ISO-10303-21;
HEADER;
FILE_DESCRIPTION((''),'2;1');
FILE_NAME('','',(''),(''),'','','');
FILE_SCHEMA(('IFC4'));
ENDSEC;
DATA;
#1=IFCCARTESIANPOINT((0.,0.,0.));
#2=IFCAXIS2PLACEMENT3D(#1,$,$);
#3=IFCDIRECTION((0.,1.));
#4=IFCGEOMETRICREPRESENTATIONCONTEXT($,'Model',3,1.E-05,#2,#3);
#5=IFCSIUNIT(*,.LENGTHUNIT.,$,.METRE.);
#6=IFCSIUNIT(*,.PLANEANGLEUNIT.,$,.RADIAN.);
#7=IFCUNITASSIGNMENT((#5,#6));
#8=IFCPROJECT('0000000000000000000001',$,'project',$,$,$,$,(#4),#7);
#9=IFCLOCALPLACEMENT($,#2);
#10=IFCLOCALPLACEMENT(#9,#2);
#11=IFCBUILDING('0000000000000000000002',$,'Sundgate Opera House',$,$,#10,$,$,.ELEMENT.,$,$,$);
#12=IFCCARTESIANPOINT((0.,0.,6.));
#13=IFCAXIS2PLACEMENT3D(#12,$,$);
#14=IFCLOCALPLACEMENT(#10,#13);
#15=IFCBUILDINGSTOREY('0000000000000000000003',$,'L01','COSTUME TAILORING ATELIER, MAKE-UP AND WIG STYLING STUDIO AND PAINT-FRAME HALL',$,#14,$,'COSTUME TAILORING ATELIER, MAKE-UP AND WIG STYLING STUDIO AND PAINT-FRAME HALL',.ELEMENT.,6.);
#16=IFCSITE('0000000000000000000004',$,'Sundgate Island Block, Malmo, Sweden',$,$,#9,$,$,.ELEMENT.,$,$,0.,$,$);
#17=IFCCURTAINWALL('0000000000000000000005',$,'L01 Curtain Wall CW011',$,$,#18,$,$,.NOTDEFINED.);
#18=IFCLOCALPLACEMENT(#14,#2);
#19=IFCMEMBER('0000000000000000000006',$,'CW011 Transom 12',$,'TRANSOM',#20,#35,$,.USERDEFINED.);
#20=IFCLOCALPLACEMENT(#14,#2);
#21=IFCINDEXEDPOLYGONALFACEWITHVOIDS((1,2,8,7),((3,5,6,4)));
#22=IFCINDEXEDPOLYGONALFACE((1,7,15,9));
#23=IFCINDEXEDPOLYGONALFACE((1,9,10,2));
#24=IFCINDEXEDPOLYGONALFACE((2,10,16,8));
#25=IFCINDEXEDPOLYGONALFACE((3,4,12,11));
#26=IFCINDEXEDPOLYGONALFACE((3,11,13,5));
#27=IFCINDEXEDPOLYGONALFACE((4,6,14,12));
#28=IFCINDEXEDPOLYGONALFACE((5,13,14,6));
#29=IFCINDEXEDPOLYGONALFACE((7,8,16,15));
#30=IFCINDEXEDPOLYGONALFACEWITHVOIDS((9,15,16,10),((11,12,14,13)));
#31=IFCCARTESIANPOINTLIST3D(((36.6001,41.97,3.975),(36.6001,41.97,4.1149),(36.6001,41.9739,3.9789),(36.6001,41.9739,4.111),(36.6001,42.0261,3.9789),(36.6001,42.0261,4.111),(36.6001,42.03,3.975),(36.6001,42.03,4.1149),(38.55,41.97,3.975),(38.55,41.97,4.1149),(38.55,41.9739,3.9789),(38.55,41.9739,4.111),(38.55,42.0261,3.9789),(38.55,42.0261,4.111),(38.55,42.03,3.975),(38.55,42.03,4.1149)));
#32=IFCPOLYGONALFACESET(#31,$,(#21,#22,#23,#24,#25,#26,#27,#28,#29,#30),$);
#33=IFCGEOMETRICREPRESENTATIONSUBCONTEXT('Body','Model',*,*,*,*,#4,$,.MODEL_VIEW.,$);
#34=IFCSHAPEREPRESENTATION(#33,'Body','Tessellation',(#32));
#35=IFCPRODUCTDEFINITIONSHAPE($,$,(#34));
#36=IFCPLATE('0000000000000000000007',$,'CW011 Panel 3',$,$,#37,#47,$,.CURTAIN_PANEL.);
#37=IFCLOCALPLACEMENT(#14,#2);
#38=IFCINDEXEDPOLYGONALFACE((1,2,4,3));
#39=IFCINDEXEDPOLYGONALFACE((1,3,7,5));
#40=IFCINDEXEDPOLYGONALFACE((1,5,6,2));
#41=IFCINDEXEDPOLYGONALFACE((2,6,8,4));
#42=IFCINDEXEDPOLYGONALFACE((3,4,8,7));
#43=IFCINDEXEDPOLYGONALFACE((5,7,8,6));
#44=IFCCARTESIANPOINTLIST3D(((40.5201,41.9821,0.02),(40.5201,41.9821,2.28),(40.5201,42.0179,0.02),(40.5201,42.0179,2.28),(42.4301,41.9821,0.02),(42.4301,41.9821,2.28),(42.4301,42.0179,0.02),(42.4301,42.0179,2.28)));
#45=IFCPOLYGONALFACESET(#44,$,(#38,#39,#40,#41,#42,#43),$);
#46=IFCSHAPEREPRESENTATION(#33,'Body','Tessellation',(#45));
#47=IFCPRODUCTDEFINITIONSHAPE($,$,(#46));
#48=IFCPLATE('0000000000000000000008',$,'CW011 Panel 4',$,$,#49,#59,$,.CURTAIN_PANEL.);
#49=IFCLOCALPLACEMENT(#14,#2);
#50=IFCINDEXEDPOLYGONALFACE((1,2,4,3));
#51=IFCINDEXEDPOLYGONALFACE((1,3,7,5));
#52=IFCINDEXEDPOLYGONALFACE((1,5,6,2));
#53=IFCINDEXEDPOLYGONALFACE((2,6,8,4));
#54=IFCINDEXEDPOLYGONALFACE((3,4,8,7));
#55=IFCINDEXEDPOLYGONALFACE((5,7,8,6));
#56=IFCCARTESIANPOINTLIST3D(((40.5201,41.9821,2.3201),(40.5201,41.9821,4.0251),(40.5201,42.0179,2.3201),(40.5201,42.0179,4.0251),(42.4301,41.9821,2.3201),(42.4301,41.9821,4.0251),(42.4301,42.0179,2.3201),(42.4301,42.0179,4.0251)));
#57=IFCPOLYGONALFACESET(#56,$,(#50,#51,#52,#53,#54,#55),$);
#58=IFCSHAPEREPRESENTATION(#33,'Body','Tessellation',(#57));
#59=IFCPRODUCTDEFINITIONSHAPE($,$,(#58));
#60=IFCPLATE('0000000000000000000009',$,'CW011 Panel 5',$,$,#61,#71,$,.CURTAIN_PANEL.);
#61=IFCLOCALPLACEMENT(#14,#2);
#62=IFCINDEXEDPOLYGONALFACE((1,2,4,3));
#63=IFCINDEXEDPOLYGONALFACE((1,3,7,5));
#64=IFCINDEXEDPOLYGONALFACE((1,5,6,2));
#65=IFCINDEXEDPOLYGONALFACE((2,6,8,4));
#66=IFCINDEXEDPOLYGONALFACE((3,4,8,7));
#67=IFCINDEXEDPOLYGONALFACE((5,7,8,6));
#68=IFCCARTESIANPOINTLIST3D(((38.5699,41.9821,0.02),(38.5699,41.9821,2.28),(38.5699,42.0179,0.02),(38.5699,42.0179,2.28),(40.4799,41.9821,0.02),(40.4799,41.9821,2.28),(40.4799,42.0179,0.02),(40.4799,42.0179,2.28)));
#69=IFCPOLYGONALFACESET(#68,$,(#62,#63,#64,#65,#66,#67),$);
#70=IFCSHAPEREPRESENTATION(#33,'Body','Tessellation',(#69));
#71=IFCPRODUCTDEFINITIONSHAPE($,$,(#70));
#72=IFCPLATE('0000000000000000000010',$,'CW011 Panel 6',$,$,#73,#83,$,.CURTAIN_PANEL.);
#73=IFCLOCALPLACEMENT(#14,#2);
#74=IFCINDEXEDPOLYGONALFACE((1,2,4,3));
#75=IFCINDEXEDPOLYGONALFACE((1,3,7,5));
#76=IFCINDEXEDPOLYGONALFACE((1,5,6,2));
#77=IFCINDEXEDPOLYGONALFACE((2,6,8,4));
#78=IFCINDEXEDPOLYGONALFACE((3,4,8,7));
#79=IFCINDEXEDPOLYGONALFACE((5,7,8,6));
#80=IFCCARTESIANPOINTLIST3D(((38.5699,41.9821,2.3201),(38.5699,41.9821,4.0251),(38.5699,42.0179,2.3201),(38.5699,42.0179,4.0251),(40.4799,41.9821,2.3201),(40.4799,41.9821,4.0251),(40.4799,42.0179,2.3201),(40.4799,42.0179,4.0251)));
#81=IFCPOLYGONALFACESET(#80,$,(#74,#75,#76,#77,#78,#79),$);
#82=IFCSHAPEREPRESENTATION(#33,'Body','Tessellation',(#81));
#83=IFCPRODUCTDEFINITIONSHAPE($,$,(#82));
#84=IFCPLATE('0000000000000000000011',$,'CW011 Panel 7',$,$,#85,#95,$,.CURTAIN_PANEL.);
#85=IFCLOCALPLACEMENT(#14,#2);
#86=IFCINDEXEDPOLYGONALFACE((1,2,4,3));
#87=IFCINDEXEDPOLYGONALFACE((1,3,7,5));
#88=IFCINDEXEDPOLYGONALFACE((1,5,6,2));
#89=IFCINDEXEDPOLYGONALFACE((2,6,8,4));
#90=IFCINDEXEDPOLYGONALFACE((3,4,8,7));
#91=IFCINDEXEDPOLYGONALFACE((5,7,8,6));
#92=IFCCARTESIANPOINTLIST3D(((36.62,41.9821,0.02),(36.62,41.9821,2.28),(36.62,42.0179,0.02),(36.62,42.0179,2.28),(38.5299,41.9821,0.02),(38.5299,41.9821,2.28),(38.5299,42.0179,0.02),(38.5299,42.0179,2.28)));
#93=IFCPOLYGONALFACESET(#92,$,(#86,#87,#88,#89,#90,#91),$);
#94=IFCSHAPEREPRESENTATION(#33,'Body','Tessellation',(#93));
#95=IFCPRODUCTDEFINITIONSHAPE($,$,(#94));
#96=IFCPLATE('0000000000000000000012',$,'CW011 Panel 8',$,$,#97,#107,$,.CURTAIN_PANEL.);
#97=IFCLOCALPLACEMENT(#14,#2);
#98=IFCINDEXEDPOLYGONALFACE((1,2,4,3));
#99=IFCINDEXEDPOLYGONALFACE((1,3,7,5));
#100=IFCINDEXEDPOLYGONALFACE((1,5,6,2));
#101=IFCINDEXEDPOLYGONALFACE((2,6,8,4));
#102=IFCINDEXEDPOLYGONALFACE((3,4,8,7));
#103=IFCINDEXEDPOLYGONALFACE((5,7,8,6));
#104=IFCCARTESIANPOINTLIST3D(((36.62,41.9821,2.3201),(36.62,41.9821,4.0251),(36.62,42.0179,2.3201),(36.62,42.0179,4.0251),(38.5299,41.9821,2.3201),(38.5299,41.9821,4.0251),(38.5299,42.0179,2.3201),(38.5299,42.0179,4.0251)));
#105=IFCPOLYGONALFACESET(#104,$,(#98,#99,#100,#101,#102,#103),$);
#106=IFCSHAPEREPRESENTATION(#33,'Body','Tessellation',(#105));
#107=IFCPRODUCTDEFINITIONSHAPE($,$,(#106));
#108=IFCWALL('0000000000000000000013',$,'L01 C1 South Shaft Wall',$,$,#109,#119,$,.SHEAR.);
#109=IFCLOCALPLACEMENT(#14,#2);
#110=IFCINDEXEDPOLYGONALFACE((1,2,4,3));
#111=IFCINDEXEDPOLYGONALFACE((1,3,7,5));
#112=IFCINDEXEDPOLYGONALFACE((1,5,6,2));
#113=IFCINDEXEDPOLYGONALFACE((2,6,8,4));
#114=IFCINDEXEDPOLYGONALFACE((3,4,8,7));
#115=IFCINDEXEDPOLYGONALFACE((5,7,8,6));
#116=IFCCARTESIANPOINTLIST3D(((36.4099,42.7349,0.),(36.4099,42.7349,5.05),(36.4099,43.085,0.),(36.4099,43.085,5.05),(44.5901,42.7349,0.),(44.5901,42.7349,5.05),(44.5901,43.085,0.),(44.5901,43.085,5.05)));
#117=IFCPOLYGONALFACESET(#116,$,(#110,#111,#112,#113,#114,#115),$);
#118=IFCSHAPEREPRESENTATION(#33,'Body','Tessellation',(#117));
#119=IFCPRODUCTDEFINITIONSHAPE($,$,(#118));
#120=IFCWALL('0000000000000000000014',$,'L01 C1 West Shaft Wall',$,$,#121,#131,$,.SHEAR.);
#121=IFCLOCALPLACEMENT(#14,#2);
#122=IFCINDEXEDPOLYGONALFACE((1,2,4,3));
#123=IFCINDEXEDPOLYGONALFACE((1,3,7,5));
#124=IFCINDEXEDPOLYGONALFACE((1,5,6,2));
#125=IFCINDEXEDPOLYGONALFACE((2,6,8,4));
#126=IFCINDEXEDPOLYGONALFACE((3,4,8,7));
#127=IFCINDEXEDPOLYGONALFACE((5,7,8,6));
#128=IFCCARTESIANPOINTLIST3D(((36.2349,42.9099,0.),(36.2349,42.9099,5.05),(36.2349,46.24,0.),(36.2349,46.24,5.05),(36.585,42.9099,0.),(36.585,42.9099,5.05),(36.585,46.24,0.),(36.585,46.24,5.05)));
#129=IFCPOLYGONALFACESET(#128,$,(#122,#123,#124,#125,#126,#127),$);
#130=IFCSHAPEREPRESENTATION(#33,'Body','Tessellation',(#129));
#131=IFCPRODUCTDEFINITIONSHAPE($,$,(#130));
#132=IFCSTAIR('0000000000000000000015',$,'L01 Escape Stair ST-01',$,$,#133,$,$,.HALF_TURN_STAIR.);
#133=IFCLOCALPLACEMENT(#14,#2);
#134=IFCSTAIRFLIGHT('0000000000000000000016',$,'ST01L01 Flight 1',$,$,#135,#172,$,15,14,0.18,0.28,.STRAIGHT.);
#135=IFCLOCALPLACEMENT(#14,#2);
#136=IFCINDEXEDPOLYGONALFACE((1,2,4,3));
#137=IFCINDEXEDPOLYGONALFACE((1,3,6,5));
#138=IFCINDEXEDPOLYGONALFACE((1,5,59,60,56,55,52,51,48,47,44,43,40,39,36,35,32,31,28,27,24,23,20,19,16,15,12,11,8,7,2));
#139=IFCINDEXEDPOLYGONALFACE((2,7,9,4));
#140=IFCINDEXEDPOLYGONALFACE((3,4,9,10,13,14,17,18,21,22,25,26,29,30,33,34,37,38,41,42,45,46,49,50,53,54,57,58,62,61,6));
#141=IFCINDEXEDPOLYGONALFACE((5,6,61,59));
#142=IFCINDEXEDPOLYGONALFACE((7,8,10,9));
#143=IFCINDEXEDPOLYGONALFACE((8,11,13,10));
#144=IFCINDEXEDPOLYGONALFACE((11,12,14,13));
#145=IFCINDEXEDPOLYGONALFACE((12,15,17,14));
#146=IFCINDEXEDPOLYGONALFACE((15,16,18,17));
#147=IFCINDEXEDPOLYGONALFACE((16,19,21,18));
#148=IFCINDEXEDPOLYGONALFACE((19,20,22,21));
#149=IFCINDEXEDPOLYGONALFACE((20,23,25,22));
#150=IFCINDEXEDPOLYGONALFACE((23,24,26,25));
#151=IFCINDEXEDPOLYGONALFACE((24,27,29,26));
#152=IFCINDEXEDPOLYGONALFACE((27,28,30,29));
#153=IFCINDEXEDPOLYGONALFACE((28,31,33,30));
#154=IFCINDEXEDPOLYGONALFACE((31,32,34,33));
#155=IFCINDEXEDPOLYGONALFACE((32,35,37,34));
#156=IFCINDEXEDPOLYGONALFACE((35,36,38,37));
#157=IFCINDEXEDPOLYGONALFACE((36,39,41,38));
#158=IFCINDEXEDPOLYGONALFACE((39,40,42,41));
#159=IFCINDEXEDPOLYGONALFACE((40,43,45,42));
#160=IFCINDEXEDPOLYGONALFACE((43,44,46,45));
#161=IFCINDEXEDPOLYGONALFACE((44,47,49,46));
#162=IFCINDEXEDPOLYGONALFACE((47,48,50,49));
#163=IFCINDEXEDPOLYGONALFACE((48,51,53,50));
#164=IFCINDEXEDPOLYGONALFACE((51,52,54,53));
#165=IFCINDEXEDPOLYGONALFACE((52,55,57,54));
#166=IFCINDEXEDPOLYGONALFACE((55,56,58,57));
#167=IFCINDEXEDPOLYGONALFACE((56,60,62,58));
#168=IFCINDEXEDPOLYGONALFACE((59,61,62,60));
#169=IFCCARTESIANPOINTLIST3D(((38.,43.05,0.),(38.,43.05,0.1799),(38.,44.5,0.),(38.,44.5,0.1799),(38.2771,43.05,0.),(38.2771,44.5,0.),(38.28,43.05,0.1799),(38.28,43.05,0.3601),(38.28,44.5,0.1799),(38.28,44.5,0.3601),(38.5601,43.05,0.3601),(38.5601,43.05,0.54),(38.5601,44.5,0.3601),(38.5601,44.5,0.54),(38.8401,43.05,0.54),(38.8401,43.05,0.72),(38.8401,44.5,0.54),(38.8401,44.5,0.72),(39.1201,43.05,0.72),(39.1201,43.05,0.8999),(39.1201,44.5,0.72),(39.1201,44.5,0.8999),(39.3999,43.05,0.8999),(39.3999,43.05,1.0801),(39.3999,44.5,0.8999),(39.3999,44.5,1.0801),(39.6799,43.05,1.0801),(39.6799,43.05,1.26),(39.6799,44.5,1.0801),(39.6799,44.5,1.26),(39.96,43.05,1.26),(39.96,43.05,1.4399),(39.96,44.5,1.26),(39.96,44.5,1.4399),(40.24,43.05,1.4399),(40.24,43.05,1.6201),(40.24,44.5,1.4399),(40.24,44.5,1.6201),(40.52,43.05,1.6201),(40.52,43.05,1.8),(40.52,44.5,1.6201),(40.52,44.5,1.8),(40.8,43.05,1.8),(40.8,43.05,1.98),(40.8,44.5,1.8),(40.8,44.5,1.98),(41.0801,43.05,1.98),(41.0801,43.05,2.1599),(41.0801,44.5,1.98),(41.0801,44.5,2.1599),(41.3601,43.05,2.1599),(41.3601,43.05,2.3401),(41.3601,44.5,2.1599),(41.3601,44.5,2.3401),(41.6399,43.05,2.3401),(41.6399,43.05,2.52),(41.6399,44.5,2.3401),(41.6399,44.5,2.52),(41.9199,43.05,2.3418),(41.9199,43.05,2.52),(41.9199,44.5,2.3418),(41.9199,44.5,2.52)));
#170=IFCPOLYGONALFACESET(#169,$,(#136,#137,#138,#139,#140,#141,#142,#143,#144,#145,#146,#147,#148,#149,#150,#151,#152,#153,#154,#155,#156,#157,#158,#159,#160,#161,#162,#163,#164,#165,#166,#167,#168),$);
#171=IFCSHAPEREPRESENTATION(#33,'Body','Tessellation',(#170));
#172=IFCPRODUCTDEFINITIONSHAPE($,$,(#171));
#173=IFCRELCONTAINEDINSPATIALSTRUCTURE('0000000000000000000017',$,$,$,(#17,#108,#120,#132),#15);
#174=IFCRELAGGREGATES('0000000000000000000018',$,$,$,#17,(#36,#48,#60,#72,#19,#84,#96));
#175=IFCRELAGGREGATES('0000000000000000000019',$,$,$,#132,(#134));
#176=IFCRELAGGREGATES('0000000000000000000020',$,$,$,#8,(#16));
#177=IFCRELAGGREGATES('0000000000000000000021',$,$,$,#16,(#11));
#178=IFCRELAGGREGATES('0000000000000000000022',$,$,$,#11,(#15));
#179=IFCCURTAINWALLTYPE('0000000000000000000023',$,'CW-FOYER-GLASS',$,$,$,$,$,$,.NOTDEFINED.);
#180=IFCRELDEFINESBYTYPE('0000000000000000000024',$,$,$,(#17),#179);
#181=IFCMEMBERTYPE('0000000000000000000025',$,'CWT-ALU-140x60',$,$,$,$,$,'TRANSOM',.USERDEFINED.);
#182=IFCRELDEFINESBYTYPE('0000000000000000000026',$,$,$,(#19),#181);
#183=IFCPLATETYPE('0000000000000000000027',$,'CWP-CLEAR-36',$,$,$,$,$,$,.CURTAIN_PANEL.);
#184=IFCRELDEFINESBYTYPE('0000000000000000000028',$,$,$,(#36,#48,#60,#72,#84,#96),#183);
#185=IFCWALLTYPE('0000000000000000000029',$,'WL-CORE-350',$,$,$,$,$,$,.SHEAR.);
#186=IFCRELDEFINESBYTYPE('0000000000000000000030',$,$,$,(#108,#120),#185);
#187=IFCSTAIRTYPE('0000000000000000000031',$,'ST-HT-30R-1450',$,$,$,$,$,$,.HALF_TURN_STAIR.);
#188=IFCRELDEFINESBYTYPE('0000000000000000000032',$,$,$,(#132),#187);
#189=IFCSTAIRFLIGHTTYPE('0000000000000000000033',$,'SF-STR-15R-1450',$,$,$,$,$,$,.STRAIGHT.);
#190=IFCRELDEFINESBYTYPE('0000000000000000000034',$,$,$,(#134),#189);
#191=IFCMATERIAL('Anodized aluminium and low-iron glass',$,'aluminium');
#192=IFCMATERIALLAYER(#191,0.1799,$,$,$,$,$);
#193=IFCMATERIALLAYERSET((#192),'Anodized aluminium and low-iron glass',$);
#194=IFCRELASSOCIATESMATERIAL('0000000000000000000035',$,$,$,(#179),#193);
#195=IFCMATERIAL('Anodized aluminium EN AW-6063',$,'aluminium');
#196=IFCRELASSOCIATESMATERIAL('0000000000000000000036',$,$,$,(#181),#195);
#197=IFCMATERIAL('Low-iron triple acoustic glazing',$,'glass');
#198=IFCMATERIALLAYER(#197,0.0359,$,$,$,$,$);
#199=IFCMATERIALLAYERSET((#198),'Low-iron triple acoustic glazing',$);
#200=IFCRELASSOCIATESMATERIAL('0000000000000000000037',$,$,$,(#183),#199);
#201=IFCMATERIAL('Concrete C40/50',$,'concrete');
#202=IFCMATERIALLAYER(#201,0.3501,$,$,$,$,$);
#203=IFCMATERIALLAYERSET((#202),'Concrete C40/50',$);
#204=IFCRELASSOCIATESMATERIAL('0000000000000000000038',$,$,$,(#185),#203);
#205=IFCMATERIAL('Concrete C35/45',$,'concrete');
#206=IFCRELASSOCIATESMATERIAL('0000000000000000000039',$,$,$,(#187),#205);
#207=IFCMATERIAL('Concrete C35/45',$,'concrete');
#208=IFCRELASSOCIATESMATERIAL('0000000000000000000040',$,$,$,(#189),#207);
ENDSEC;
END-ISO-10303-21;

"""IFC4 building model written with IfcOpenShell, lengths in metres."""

from ifc_helpers import new_model, si_unit, direction, frame, frame_2d, origin, origin_2d, place, context, subcontext, project, spatial, polyline, rectangle, hollow_rectangle, outline, extrude, material, layer, layer_set, material_profile, profile_set, type_object, element, aggregate, save


model = new_model("IFC4")

# Units and contexts
model_context = context("Model", 3, precision=1e-05, world=origin(), true_north=direction((0.0, 1.0)))
body_context = subcontext(model_context, "Body", "Model", "MODEL_VIEW")
ifc_project = project(units=[si_unit("LENGTHUNIT", "METRE"), si_unit("PLANEANGLEUNIT", "RADIAN")], contexts=[model_context])

# Site, building, storey
site_placement = place(None, origin())
site = spatial("IfcSite", under=ifc_project, at=site_placement, Name="Sundgate Island Block, Malmo, Sweden", CompositionType="ELEMENT", RefElevation=0.0)
building_placement = place(site_placement, origin())
building = spatial("IfcBuilding", under=site, at=building_placement, Name="Sundgate Opera House", CompositionType="ELEMENT")
storey_placement = place(building_placement, frame((0.0, 0.0, 6.0)))
storey = spatial("IfcBuildingStorey", under=building, at=storey_placement, Name="L01", Description="COSTUME TAILORING ATELIER, MAKE-UP AND WIG STYLING STUDIO AND PAINT-FRAME HALL", LongName="COSTUME TAILORING ATELIER, MAKE-UP AND WIG STYLING STUDIO AND PAINT-FRAME HALL", CompositionType="ELEMENT", Elevation=6.0)

# Curtain wall, member, plates
ifc_material_1 = material(Name="Anodized aluminium and low-iron glass", Category="aluminium")
ifc_layer_1 = layer(ifc_material_1, 0.1799)
ifc_layer_set_1 = layer_set([ifc_layer_1], Name="Anodized aluminium and low-iron glass")
curtain_wall_type = type_object("IfcCurtainWallType", Name="CW-FOYER-GLASS", PredefinedType="NOTDEFINED", material=ifc_layer_set_1)
curtain_wall_placement = place(storey_placement, origin())
curtain_wall = element("IfcCurtainWall", 1, at=curtain_wall_placement, inside=storey, type_object=curtain_wall_type, Name="L01 Curtain Wall CW011", PredefinedType="NOTDEFINED")
ifc_material_2 = material(Name="Anodized aluminium EN AW-6063", Category="aluminium")
ifc_material_profile_1 = material_profile(ifc_material_2, hollow_rectangle(XDim=0.0601, YDim=0.1399, WallThickness=0.0039, at=origin_2d()), Name="CWT 140x60x4")
ifc_profile_set_1 = profile_set([ifc_material_profile_1], Name="Anodized aluminium EN AW-6063")
member_type_1 = type_object("IfcMemberType", Name="CWT-ALU-140x60", ElementType="TRANSOM", PredefinedType="USERDEFINED", material=ifc_profile_set_1)
member_1_placement = place(storey_placement, frame((38.55, 42.0, 4.0449), z_axis=(-1.0, 0.0, 0.0), x_axis=(0.0, -1.0, 0.0)))
member_1 = element("IfcMember", 2, at=member_1_placement, type_object=member_type_1, Name="CW011 Transom 12", ObjectType="TRANSOM", PredefinedType="USERDEFINED", context=body_context, shape_type="SweptSolid", body=[
    extrude(hollow_rectangle(XDim=0.0601, YDim=0.1399, WallThickness=0.0039, at=origin_2d()), origin(), (0.0, 0.0, 1.0), 1.95),
])
ifc_material_3 = material(Name="Low-iron triple acoustic glazing", Category="glass")
ifc_layer_2 = layer(ifc_material_3, 0.0359)
ifc_layer_set_2 = layer_set([ifc_layer_2], Name="Low-iron triple acoustic glazing")
plate_type = type_object("IfcPlateType", Name="CWP-CLEAR-36", PredefinedType="CURTAIN_PANEL", material=ifc_layer_set_2)
plate_1_placement = place(storey_placement, frame((41.4751, 42.0, 0.02), z_axis=(0.0, 0.0, 1.0), x_axis=(-1.0, 0.0, 0.0)))
plate_1 = element("IfcPlate", 3, at=plate_1_placement, type_object=plate_type, Name="CW011 Panel 3", PredefinedType="CURTAIN_PANEL", context=body_context, shape_type="SweptSolid", body=[
    extrude(rectangle(XDim=1.9099, YDim=0.0359, at=origin_2d()), origin(), (0.0, 0.0, 1.0), 2.26),
])
plate_2_placement = place(storey_placement, frame((41.4751, 42.0, 2.3201), z_axis=(0.0, 0.0, 1.0), x_axis=(-1.0, 0.0, 0.0)))
plate_2 = element("IfcPlate", 4, at=plate_2_placement, type_object=plate_type, Name="CW011 Panel 4", PredefinedType="CURTAIN_PANEL", context=body_context, shape_type="SweptSolid", body=[
    extrude(rectangle(XDim=1.9099, YDim=0.0359, at=origin_2d()), origin(), (0.0, 0.0, 1.0), 1.7051),
])
plate_3_placement = place(storey_placement, frame((39.5249, 42.0, 0.02), z_axis=(0.0, 0.0, 1.0), x_axis=(-1.0, 0.0, 0.0)))
plate_3 = element("IfcPlate", 5, at=plate_3_placement, type_object=plate_type, Name="CW011 Panel 5", PredefinedType="CURTAIN_PANEL", context=body_context, shape_type="SweptSolid", body=[
    extrude(rectangle(XDim=1.9099, YDim=0.0359, at=origin_2d()), origin(), (0.0, 0.0, 1.0), 2.26),
])
plate_4_placement = place(storey_placement, frame((39.5249, 42.0, 2.3201), z_axis=(0.0, 0.0, 1.0), x_axis=(-1.0, 0.0, 0.0)))
plate_4 = element("IfcPlate", 6, at=plate_4_placement, type_object=plate_type, Name="CW011 Panel 6", PredefinedType="CURTAIN_PANEL", context=body_context, shape_type="SweptSolid", body=[
    extrude(rectangle(XDim=1.9099, YDim=0.0359, at=origin_2d()), origin(), (0.0, 0.0, 1.0), 1.7051),
])
plate_5_placement = place(storey_placement, frame((37.575, 42.0, 0.02), z_axis=(0.0, 0.0, 1.0), x_axis=(-1.0, 0.0, 0.0)))
plate_5 = element("IfcPlate", 7, at=plate_5_placement, type_object=plate_type, Name="CW011 Panel 7", PredefinedType="CURTAIN_PANEL", context=body_context, shape_type="SweptSolid", body=[
    extrude(rectangle(XDim=1.9099, YDim=0.0359, at=origin_2d()), origin(), (0.0, 0.0, 1.0), 2.26),
])
plate_6_placement = place(storey_placement, frame((37.575, 42.0, 2.3201), z_axis=(0.0, 0.0, 1.0), x_axis=(-1.0, 0.0, 0.0)))
plate_6 = element("IfcPlate", 8, at=plate_6_placement, type_object=plate_type, Name="CW011 Panel 8", PredefinedType="CURTAIN_PANEL", context=body_context, shape_type="SweptSolid", body=[
    extrude(rectangle(XDim=1.9099, YDim=0.0359, at=origin_2d()), origin(), (0.0, 0.0, 1.0), 1.7051),
])
aggregate(curtain_wall, [plate_1, plate_2, plate_3, plate_4, member_1, plate_5, plate_6])

# Walls
ifc_material_4 = material(Name="Concrete C40/50", Category="concrete")
ifc_layer_3 = layer(ifc_material_4, 0.3501)
ifc_layer_set_3 = layer_set([ifc_layer_3], Name="Concrete C40/50")
wall_type = type_object("IfcWallType", Name="WL-CORE-350", PredefinedType="SHEAR", material=ifc_layer_set_3)
wall_1_placement = place(storey_placement, frame((36.4099, 42.9099, 0.0), z_axis=(0.0, 0.0, 1.0), x_axis=(1.0, 0.0, 0.0)))
element("IfcWall", 9, at=wall_1_placement, inside=storey, type_object=wall_type, Name="L01 C1 South Shaft Wall", PredefinedType="SHEAR", context=body_context, shape_type="SweptSolid", body=[
    extrude(rectangle(XDim=8.1802, YDim=0.3501, at=frame_2d((4.0901, 0.0))), origin(), (0.0, 0.0, 1.0), 5.05),
])
wall_2_placement = place(storey_placement, frame((36.4099, 42.9099, 0.0), z_axis=(0.0, 0.0, 1.0), x_axis=(0.0, 1.0, 0.0)))
element("IfcWall", 10, at=wall_2_placement, inside=storey, type_object=wall_type, Name="L01 C1 West Shaft Wall", PredefinedType="SHEAR", context=body_context, shape_type="SweptSolid", body=[
    extrude(rectangle(XDim=3.3301, YDim=0.3501, at=frame_2d((1.665, 0.0))), origin(), (0.0, 0.0, 1.0), 5.05),
])

# Stair, stair flight
ifc_material_5 = material(Name="Concrete C35/45", Category="concrete")
stair_type = type_object("IfcStairType", Name="ST-HT-30R-1450", PredefinedType="HALF_TURN_STAIR", material=ifc_material_5)
stair_placement = place(storey_placement, origin())
stair = element("IfcStair", 11, at=stair_placement, inside=storey, type_object=stair_type, Name="L01 Escape Stair ST-01", PredefinedType="HALF_TURN_STAIR")
ifc_material_6 = material(Name="Concrete C35/45", Category="concrete")
stair_flight_type = type_object("IfcStairFlightType", Name="SF-STR-15R-1450", PredefinedType="STRAIGHT", material=ifc_material_6)
stair_flight_placement = place(storey_placement, frame((38.0, 43.7749, 0.0), z_axis=(0.0, 0.0, 1.0), x_axis=(1.0, 0.0, 0.0)))
stair_flight = element("IfcStairFlight", 12, at=stair_flight_placement, type_object=stair_flight_type, Name="ST01L01 Flight 1", NumberOfRisers=15, NumberOfTreads=14, PredefinedType="STRAIGHT", RiserHeight=0.18, TreadLength=0.28, context=body_context, shape_type="SweptSolid", body=[
    extrude(outline(polyline([(0.0, 0.0), (0.0, 0.1799), (0.28, 0.1799), (0.28, 0.3601), (0.5601, 0.3601), (0.5601, 0.54), (0.8401, 0.54), (0.8401, 0.72), (1.1201, 0.72), (1.1201, 0.8999), (1.3999, 0.8999), (1.3999, 1.0801), (1.6799, 1.0801), (1.6799, 1.26), (1.96, 1.26), (1.96, 1.4399), (2.24, 1.4399), (2.24, 1.6201), (2.52, 1.6201), (2.52, 1.8), (2.8, 1.8), (2.8, 1.98), (3.0801, 1.98), (3.0801, 2.1599), (3.3601, 2.1599), (3.3601, 2.3401), (3.6399, 2.3401), (3.6399, 2.52), (3.9199, 2.52), (3.9199, 2.7), (3.9199, 2.3418), (0.2771, 0.0), (0.0, 0.0)])), frame((0.0, 0.7251, 0.0), z_axis=(0.0, -1.0, 0.0), x_axis=(1.0, 0.0, 0.0)), (0.0, 0.0, 1.0), 1.45),
])
aggregate(stair, [stair_flight])

save(model, "model.ifc")
